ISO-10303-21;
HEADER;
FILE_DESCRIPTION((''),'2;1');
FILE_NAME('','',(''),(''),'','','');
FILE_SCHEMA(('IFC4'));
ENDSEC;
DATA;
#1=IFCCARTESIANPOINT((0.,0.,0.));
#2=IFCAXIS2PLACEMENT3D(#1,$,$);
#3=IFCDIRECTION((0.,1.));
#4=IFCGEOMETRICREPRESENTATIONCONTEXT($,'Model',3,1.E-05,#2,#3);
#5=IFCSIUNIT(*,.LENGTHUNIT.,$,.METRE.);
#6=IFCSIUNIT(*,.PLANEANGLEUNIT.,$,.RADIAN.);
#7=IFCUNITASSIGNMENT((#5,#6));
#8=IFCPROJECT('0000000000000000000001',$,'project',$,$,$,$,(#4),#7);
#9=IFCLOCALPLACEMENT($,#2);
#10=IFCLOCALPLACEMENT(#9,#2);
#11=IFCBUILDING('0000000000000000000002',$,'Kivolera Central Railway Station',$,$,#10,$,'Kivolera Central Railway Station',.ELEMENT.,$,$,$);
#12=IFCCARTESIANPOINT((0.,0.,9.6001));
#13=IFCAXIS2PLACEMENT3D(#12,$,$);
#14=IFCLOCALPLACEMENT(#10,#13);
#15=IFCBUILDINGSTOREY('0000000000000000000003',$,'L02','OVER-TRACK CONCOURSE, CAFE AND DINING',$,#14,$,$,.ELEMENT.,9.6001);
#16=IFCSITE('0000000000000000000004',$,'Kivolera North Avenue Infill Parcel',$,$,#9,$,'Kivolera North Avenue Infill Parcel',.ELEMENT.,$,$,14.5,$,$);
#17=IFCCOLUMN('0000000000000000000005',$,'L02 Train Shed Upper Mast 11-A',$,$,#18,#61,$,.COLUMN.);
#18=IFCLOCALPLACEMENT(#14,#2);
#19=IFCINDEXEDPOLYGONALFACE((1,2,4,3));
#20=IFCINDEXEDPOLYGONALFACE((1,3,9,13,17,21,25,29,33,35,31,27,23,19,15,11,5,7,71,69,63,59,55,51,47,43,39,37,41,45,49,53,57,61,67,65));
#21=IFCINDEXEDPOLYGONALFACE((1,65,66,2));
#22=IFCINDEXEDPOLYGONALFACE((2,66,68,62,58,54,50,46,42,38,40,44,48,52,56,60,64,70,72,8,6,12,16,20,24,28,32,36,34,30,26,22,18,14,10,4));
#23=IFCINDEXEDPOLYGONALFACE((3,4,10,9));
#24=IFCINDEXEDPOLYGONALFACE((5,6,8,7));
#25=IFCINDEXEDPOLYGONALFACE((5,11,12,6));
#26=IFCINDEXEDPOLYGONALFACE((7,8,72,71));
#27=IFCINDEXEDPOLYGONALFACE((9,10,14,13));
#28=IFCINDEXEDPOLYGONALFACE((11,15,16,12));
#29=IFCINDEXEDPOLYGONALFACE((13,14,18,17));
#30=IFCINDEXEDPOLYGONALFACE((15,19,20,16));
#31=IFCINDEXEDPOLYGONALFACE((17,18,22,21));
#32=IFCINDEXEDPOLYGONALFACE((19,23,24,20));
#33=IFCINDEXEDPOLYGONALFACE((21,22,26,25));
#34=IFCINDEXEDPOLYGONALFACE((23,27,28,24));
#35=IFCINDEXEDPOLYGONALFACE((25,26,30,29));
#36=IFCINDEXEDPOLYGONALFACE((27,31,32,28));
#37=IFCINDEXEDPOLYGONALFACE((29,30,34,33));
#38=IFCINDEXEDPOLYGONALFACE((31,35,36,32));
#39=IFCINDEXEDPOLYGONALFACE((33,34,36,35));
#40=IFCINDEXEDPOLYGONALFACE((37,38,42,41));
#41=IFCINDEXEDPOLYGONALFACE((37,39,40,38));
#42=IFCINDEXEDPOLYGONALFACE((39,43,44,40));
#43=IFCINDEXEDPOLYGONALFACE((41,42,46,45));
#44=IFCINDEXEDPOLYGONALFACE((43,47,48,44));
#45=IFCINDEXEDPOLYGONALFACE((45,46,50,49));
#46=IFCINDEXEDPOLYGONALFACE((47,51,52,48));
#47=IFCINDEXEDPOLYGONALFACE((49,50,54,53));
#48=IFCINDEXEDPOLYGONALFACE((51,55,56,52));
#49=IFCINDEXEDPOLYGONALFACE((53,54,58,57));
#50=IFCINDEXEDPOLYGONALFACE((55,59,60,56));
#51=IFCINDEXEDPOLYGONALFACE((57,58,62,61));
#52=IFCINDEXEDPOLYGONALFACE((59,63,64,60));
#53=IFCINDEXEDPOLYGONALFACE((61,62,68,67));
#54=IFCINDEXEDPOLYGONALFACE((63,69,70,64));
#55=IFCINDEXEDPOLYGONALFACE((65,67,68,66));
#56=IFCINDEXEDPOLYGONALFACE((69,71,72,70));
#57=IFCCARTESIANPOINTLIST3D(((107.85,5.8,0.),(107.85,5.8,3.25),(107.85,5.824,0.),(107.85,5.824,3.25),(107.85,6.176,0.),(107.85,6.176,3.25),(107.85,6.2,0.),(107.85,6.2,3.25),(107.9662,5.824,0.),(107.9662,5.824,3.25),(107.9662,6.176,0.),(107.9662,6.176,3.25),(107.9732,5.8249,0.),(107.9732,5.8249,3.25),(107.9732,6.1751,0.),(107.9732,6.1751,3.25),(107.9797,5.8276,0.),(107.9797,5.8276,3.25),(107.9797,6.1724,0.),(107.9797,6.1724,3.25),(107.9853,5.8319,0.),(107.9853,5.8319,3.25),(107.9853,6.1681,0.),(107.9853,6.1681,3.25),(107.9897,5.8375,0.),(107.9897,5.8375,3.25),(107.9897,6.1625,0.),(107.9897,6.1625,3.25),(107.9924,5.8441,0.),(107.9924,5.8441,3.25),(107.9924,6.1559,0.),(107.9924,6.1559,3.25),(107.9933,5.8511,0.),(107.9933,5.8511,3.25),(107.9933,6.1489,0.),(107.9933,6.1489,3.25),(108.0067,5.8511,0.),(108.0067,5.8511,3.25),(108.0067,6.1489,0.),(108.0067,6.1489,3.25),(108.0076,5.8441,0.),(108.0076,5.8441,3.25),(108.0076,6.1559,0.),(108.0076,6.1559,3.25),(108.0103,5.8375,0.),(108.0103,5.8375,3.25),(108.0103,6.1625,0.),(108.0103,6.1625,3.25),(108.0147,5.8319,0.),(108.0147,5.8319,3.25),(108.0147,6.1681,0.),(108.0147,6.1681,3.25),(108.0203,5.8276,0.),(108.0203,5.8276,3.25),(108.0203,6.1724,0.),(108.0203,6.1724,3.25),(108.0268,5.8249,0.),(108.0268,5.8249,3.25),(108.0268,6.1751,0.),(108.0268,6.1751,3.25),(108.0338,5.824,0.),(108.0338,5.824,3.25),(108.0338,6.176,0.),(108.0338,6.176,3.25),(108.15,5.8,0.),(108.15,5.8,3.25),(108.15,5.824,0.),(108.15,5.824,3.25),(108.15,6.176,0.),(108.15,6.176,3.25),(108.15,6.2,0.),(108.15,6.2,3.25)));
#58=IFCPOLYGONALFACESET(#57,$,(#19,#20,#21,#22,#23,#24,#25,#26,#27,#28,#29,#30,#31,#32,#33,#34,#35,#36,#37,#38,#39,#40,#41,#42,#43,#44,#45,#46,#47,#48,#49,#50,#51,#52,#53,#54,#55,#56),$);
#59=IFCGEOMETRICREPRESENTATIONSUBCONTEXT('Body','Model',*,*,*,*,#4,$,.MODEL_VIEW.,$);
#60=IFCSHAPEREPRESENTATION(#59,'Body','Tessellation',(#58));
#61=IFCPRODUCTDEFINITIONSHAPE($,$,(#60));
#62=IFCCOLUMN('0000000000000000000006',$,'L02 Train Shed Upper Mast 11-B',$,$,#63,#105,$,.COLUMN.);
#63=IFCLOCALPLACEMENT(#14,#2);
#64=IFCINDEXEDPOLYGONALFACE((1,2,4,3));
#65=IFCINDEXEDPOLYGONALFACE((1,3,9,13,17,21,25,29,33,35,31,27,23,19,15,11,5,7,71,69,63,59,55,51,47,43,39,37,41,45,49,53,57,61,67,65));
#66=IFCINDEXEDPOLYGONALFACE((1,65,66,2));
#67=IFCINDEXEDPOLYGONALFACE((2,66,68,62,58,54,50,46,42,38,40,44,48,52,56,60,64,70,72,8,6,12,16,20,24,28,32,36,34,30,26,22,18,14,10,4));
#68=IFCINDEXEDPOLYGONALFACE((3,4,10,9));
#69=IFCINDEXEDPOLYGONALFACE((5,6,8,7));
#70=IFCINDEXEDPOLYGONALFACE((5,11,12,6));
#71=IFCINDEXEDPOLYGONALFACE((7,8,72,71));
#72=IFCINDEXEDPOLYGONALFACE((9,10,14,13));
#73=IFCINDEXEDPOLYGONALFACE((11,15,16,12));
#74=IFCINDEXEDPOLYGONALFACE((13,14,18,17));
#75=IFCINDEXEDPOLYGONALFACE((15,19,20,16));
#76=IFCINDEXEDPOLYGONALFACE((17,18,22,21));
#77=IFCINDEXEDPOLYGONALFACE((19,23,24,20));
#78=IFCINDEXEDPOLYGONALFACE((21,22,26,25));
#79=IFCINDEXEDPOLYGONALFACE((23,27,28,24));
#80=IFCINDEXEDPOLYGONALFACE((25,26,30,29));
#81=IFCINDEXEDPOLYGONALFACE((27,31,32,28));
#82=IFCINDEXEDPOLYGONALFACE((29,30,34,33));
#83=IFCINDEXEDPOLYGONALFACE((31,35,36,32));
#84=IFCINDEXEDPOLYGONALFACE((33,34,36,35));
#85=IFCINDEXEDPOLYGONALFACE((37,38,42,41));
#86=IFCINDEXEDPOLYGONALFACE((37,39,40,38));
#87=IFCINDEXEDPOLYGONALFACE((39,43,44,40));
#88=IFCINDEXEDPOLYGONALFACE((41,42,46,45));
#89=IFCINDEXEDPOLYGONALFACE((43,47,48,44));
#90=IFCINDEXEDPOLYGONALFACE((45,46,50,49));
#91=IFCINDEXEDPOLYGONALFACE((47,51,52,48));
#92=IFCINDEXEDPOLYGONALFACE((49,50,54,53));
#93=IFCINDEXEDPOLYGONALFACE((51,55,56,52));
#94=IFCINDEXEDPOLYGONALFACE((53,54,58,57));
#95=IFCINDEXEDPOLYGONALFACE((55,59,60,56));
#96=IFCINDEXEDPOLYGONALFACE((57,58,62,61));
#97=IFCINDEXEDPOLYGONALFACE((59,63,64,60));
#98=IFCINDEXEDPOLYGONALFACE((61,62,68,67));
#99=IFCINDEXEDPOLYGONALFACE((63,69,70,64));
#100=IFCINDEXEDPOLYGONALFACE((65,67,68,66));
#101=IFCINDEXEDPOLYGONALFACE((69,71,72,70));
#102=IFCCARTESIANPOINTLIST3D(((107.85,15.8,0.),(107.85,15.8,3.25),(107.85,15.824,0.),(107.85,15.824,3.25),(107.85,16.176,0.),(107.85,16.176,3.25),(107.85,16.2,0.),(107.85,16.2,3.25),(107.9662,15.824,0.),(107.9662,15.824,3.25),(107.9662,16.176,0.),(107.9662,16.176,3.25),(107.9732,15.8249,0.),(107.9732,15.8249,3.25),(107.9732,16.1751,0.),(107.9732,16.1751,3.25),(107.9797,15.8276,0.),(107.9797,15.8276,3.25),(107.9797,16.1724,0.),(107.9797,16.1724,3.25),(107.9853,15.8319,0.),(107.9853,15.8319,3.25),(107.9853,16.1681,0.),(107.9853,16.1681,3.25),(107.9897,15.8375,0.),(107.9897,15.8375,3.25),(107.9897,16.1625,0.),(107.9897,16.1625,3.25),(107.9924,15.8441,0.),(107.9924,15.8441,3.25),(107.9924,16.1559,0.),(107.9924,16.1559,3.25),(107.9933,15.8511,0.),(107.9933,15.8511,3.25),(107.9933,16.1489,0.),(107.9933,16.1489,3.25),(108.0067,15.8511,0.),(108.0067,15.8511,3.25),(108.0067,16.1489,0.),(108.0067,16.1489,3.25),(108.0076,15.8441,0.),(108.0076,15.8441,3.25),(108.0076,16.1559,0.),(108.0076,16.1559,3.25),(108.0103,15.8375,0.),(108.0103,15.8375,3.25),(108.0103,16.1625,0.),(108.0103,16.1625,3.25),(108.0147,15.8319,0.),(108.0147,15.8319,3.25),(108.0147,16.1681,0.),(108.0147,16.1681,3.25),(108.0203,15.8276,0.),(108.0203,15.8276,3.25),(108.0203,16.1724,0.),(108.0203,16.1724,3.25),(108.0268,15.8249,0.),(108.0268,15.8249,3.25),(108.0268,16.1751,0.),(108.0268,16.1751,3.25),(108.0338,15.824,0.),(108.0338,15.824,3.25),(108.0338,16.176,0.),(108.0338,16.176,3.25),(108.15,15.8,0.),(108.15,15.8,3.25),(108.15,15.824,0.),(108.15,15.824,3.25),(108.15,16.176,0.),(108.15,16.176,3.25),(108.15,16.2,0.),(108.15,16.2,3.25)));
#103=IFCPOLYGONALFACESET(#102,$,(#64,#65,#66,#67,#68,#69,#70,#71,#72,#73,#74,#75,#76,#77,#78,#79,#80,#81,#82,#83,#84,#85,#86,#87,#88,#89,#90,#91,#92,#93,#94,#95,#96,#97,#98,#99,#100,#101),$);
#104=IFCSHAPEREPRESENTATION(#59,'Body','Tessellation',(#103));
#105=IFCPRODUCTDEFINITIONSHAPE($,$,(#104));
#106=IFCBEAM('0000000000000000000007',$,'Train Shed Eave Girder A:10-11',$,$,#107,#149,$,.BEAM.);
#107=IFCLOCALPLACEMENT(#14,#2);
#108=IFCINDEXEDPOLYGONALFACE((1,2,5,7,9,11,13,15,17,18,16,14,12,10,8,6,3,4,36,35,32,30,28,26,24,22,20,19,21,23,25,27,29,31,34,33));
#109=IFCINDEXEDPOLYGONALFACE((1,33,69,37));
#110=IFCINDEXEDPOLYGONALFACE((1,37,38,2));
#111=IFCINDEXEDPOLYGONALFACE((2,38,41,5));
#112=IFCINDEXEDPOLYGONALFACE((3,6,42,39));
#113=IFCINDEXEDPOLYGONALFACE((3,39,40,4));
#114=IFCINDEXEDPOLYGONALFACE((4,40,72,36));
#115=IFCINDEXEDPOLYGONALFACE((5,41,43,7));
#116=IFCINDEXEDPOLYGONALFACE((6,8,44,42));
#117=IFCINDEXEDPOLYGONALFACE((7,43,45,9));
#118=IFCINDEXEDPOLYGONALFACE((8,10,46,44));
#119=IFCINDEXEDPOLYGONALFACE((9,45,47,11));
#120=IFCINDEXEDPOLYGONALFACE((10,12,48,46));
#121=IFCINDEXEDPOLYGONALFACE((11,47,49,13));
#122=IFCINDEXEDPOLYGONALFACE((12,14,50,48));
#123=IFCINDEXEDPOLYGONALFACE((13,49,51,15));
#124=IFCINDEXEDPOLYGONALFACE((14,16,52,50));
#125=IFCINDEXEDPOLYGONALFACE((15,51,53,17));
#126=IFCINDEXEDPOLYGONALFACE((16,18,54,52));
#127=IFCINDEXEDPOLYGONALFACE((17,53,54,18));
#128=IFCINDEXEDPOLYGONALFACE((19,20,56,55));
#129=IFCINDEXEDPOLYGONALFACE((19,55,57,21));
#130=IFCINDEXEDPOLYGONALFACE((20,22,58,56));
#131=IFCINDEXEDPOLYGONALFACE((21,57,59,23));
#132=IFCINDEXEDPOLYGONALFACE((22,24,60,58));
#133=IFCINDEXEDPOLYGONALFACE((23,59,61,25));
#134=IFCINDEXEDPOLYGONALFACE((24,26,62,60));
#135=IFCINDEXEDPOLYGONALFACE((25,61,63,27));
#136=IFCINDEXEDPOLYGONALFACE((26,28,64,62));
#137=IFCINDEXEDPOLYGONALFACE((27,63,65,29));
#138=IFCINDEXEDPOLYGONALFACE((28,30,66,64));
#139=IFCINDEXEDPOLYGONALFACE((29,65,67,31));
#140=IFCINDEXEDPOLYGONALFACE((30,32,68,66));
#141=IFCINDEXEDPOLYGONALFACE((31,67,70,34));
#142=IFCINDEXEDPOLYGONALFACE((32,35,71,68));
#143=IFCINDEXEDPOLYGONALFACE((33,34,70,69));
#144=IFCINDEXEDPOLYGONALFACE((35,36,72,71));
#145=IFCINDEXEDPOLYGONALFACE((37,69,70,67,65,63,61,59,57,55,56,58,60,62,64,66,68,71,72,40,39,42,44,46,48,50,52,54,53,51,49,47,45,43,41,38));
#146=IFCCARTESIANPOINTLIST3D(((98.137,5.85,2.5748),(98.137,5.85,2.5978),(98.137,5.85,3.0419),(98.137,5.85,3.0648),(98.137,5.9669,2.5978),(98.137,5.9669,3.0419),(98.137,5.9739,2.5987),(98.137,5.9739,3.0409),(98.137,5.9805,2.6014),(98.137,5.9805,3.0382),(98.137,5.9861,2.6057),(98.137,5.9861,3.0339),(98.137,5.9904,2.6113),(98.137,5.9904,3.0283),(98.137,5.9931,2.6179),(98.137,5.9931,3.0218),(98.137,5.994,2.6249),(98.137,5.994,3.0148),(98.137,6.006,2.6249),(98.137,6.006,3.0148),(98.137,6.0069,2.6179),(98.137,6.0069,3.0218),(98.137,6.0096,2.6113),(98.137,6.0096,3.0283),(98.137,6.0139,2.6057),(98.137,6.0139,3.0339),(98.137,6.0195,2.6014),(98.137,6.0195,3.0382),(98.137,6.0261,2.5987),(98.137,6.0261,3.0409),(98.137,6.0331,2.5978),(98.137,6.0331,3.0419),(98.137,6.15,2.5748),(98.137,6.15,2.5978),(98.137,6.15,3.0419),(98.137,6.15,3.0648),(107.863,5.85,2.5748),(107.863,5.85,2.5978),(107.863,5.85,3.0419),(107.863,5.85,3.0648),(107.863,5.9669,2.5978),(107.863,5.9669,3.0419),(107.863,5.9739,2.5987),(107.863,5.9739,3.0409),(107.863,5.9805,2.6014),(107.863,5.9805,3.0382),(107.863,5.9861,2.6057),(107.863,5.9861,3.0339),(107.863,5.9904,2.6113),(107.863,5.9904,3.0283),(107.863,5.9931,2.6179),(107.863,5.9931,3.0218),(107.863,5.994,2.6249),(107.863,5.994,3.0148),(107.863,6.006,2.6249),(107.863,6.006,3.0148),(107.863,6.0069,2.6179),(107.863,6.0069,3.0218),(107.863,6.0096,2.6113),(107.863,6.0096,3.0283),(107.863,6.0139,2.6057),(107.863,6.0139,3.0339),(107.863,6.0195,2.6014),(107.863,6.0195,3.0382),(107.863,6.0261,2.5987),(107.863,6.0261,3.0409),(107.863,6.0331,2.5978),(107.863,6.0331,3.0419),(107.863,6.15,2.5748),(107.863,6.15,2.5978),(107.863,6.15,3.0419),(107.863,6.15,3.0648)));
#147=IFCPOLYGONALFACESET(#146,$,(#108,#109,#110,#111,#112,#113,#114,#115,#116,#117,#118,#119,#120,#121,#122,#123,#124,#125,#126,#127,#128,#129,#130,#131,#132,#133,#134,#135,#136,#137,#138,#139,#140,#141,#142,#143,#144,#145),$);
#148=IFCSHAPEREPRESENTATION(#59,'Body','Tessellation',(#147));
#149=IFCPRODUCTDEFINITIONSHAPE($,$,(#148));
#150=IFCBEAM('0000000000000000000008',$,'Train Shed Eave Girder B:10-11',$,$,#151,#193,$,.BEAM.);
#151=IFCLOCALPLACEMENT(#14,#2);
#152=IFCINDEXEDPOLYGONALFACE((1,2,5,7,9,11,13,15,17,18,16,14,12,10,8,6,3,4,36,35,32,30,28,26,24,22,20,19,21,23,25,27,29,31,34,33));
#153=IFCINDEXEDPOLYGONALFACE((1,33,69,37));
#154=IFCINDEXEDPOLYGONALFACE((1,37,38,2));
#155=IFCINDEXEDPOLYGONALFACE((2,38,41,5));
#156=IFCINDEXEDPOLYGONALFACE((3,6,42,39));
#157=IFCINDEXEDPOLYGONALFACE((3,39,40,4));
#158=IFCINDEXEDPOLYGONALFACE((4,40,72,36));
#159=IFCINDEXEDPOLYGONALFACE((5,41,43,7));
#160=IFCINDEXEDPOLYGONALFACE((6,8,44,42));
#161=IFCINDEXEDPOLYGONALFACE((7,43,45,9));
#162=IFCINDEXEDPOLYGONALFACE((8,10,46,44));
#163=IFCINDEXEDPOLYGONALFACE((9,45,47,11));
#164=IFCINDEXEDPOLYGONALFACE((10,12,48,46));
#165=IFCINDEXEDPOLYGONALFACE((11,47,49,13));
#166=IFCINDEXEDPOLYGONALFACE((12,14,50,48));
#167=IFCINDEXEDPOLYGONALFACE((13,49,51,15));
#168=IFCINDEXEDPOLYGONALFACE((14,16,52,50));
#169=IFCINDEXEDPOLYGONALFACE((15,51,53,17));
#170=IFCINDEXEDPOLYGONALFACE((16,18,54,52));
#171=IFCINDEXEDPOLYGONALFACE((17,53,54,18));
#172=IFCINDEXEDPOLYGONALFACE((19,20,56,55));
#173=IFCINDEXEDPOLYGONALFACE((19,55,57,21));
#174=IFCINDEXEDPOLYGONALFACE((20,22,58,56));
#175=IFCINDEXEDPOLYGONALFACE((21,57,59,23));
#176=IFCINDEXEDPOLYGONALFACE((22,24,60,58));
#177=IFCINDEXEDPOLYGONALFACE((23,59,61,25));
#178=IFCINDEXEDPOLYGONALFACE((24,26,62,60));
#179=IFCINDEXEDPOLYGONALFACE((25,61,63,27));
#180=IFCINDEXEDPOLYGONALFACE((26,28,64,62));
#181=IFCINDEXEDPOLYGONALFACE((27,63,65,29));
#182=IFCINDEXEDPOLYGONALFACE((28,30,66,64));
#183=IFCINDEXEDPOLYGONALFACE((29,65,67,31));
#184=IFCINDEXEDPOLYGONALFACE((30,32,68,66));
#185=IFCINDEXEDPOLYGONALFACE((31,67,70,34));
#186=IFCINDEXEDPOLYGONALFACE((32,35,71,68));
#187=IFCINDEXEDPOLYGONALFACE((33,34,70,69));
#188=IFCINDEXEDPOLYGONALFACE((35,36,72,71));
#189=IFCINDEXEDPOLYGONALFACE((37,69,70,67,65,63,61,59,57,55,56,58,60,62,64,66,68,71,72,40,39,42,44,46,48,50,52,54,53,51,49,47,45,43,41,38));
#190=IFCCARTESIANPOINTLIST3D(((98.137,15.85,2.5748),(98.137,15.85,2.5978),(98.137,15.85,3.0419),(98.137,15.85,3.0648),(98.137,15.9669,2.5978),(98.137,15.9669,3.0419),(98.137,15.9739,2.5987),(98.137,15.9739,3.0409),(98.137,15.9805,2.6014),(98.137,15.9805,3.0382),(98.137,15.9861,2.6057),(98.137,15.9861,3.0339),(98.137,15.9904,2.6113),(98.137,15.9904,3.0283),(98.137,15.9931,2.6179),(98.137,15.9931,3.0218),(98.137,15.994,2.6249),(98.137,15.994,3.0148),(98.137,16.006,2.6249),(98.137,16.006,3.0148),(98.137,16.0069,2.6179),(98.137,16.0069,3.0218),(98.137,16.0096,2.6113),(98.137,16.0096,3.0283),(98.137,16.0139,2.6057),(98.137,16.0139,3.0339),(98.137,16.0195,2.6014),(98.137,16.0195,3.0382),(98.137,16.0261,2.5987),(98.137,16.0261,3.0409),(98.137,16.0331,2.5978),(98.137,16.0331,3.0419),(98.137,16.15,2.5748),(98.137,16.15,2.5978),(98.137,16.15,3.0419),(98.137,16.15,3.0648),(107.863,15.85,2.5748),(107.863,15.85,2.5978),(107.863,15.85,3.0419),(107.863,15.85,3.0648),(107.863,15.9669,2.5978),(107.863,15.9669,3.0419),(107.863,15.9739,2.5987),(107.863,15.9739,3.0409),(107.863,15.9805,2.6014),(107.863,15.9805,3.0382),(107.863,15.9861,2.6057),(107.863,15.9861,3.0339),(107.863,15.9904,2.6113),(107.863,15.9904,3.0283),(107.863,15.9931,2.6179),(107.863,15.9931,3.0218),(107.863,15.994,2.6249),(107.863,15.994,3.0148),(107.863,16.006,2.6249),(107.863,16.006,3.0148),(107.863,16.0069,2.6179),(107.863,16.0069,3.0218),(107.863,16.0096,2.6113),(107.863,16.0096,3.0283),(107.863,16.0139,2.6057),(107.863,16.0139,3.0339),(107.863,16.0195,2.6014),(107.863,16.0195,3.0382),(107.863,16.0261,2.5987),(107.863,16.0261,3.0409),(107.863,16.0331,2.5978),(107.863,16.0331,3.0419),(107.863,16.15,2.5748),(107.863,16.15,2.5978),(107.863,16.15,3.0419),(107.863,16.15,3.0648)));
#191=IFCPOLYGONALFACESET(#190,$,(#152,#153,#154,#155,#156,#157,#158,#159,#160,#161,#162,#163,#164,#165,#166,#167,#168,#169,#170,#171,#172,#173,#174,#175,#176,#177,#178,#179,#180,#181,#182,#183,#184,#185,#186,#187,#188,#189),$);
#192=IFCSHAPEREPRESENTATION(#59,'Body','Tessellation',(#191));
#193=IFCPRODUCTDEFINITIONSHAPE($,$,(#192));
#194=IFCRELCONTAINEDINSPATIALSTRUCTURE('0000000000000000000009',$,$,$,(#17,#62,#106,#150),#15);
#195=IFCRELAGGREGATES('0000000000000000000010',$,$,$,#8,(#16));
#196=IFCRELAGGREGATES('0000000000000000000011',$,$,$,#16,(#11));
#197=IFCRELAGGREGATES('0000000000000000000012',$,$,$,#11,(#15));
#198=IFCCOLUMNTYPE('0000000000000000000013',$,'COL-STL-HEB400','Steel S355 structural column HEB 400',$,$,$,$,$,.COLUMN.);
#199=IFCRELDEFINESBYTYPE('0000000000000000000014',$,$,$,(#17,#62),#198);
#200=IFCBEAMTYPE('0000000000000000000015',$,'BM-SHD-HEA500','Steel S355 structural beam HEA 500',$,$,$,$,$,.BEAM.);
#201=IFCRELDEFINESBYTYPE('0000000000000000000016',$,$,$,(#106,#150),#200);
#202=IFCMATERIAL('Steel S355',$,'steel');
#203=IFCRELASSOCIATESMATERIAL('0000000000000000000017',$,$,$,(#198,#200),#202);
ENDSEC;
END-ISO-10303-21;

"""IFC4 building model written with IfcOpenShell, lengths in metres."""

from ifc_helpers import new_model, si_unit, direction, frame, origin, origin_2d, place, context, subcontext, project, spatial, i_section, extrude, material, material_profile, profile_set, type_object, element, save


model = new_model("IFC4")

# Units and contexts
model_context = context("Model", 3, precision=1e-05, world=origin(), true_north=direction((0.0, 1.0)))
body_context = subcontext(model_context, "Body", "Model", "MODEL_VIEW")
ifc_project = project(units=[si_unit("LENGTHUNIT", "METRE"), si_unit("PLANEANGLEUNIT", "RADIAN")], contexts=[model_context])

# Site, building, storey
site_placement = place(None, origin())
site = spatial("IfcSite", under=ifc_project, at=site_placement, Name="Kivolera North Avenue Infill Parcel", LongName="Kivolera North Avenue Infill Parcel", CompositionType="ELEMENT", RefElevation=14.5)
building_placement = place(site_placement, origin())
building = spatial("IfcBuilding", under=site, at=building_placement, Name="Kivolera Central Railway Station", LongName="Kivolera Central Railway Station", CompositionType="ELEMENT")
storey_placement = place(building_placement, frame((0.0, 0.0, 9.6001)))
storey = spatial("IfcBuildingStorey", under=building, at=storey_placement, Name="L02", Description="OVER-TRACK CONCOURSE, CAFE AND DINING", CompositionType="ELEMENT", Elevation=9.6001)

# Columns
ifc_material_1 = material(Name="Steel S355", Category="steel")
ifc_material_profile_1 = material_profile(ifc_material_1, i_section(OverallWidth=0.3, OverallDepth=0.3999, WebThickness=0.0134, FlangeThickness=0.0239, FilletRadius=0.0271, at=origin_2d()), Name="HEB 400")
ifc_profile_set_1 = profile_set([ifc_material_profile_1], Name="Steel S355")
column_type = type_object("IfcColumnType", Name="COL-STL-HEB400", Description="Steel S355 structural column HEB 400", PredefinedType="COLUMN", material=ifc_profile_set_1)
for number, where, z_axis, x_axis, name in (
    (1, (108.0, 6.0, 0.0), (0.0, 0.0, 1.0), (1.0, 0.0, 0.0), "L02 Train Shed Upper Mast 11-A"),
    (2, (108.0, 16.0, 0.0), (0.0, 0.0, 1.0), (1.0, 0.0, 0.0), "L02 Train Shed Upper Mast 11-B"),
):
    element("IfcColumn", number, at=place(storey_placement, frame(where, z_axis=z_axis, x_axis=x_axis)), inside=storey, type_object=column_type, Name=name, PredefinedType="COLUMN", context=body_context, shape_type="SweptSolid", body=[
        extrude(i_section(OverallWidth=0.3, OverallDepth=0.3999, WebThickness=0.0134, FlangeThickness=0.0239, FilletRadius=0.0271, at=origin_2d()), origin(), (0.0, 0.0, 1.0), 3.25),
    ])

# Beams
ifc_material_profile_2 = material_profile(ifc_material_1, i_section(OverallWidth=0.3, OverallDepth=0.49, WebThickness=0.012, FlangeThickness=0.0229, FilletRadius=0.0271, at=origin_2d()), Name="HEA 500")
ifc_profile_set_2 = profile_set([ifc_material_profile_2], Name="Steel S355")
beam_type_1 = type_object("IfcBeamType", Name="BM-SHD-HEA500", Description="Steel S355 structural beam HEA 500", PredefinedType="BEAM", material=ifc_profile_set_2)
for number, where, z_axis, x_axis, name in (
    (3, (98.137, 6.0, 2.8198), (1.0, 0.0, 0.0), (0.0, 1.0, 0.0), "Train Shed Eave Girder A:10-11"),
    (4, (98.137, 16.0, 2.8198), (1.0, 0.0, 0.0), (0.0, 1.0, 0.0), "Train Shed Eave Girder B:10-11"),
):
    element("IfcBeam", number, at=place(storey_placement, frame(where, z_axis=z_axis, x_axis=x_axis)), inside=storey, type_object=beam_type_1, Name=name, PredefinedType="BEAM", context=body_context, shape_type="SweptSolid", body=[
        extrude(i_section(OverallWidth=0.3, OverallDepth=0.49, WebThickness=0.012, FlangeThickness=0.0229, FilletRadius=0.0271, at=origin_2d()), origin(), (0.0, 0.0, 1.0), 9.7261),
    ])

save(model, "model.ifc")
